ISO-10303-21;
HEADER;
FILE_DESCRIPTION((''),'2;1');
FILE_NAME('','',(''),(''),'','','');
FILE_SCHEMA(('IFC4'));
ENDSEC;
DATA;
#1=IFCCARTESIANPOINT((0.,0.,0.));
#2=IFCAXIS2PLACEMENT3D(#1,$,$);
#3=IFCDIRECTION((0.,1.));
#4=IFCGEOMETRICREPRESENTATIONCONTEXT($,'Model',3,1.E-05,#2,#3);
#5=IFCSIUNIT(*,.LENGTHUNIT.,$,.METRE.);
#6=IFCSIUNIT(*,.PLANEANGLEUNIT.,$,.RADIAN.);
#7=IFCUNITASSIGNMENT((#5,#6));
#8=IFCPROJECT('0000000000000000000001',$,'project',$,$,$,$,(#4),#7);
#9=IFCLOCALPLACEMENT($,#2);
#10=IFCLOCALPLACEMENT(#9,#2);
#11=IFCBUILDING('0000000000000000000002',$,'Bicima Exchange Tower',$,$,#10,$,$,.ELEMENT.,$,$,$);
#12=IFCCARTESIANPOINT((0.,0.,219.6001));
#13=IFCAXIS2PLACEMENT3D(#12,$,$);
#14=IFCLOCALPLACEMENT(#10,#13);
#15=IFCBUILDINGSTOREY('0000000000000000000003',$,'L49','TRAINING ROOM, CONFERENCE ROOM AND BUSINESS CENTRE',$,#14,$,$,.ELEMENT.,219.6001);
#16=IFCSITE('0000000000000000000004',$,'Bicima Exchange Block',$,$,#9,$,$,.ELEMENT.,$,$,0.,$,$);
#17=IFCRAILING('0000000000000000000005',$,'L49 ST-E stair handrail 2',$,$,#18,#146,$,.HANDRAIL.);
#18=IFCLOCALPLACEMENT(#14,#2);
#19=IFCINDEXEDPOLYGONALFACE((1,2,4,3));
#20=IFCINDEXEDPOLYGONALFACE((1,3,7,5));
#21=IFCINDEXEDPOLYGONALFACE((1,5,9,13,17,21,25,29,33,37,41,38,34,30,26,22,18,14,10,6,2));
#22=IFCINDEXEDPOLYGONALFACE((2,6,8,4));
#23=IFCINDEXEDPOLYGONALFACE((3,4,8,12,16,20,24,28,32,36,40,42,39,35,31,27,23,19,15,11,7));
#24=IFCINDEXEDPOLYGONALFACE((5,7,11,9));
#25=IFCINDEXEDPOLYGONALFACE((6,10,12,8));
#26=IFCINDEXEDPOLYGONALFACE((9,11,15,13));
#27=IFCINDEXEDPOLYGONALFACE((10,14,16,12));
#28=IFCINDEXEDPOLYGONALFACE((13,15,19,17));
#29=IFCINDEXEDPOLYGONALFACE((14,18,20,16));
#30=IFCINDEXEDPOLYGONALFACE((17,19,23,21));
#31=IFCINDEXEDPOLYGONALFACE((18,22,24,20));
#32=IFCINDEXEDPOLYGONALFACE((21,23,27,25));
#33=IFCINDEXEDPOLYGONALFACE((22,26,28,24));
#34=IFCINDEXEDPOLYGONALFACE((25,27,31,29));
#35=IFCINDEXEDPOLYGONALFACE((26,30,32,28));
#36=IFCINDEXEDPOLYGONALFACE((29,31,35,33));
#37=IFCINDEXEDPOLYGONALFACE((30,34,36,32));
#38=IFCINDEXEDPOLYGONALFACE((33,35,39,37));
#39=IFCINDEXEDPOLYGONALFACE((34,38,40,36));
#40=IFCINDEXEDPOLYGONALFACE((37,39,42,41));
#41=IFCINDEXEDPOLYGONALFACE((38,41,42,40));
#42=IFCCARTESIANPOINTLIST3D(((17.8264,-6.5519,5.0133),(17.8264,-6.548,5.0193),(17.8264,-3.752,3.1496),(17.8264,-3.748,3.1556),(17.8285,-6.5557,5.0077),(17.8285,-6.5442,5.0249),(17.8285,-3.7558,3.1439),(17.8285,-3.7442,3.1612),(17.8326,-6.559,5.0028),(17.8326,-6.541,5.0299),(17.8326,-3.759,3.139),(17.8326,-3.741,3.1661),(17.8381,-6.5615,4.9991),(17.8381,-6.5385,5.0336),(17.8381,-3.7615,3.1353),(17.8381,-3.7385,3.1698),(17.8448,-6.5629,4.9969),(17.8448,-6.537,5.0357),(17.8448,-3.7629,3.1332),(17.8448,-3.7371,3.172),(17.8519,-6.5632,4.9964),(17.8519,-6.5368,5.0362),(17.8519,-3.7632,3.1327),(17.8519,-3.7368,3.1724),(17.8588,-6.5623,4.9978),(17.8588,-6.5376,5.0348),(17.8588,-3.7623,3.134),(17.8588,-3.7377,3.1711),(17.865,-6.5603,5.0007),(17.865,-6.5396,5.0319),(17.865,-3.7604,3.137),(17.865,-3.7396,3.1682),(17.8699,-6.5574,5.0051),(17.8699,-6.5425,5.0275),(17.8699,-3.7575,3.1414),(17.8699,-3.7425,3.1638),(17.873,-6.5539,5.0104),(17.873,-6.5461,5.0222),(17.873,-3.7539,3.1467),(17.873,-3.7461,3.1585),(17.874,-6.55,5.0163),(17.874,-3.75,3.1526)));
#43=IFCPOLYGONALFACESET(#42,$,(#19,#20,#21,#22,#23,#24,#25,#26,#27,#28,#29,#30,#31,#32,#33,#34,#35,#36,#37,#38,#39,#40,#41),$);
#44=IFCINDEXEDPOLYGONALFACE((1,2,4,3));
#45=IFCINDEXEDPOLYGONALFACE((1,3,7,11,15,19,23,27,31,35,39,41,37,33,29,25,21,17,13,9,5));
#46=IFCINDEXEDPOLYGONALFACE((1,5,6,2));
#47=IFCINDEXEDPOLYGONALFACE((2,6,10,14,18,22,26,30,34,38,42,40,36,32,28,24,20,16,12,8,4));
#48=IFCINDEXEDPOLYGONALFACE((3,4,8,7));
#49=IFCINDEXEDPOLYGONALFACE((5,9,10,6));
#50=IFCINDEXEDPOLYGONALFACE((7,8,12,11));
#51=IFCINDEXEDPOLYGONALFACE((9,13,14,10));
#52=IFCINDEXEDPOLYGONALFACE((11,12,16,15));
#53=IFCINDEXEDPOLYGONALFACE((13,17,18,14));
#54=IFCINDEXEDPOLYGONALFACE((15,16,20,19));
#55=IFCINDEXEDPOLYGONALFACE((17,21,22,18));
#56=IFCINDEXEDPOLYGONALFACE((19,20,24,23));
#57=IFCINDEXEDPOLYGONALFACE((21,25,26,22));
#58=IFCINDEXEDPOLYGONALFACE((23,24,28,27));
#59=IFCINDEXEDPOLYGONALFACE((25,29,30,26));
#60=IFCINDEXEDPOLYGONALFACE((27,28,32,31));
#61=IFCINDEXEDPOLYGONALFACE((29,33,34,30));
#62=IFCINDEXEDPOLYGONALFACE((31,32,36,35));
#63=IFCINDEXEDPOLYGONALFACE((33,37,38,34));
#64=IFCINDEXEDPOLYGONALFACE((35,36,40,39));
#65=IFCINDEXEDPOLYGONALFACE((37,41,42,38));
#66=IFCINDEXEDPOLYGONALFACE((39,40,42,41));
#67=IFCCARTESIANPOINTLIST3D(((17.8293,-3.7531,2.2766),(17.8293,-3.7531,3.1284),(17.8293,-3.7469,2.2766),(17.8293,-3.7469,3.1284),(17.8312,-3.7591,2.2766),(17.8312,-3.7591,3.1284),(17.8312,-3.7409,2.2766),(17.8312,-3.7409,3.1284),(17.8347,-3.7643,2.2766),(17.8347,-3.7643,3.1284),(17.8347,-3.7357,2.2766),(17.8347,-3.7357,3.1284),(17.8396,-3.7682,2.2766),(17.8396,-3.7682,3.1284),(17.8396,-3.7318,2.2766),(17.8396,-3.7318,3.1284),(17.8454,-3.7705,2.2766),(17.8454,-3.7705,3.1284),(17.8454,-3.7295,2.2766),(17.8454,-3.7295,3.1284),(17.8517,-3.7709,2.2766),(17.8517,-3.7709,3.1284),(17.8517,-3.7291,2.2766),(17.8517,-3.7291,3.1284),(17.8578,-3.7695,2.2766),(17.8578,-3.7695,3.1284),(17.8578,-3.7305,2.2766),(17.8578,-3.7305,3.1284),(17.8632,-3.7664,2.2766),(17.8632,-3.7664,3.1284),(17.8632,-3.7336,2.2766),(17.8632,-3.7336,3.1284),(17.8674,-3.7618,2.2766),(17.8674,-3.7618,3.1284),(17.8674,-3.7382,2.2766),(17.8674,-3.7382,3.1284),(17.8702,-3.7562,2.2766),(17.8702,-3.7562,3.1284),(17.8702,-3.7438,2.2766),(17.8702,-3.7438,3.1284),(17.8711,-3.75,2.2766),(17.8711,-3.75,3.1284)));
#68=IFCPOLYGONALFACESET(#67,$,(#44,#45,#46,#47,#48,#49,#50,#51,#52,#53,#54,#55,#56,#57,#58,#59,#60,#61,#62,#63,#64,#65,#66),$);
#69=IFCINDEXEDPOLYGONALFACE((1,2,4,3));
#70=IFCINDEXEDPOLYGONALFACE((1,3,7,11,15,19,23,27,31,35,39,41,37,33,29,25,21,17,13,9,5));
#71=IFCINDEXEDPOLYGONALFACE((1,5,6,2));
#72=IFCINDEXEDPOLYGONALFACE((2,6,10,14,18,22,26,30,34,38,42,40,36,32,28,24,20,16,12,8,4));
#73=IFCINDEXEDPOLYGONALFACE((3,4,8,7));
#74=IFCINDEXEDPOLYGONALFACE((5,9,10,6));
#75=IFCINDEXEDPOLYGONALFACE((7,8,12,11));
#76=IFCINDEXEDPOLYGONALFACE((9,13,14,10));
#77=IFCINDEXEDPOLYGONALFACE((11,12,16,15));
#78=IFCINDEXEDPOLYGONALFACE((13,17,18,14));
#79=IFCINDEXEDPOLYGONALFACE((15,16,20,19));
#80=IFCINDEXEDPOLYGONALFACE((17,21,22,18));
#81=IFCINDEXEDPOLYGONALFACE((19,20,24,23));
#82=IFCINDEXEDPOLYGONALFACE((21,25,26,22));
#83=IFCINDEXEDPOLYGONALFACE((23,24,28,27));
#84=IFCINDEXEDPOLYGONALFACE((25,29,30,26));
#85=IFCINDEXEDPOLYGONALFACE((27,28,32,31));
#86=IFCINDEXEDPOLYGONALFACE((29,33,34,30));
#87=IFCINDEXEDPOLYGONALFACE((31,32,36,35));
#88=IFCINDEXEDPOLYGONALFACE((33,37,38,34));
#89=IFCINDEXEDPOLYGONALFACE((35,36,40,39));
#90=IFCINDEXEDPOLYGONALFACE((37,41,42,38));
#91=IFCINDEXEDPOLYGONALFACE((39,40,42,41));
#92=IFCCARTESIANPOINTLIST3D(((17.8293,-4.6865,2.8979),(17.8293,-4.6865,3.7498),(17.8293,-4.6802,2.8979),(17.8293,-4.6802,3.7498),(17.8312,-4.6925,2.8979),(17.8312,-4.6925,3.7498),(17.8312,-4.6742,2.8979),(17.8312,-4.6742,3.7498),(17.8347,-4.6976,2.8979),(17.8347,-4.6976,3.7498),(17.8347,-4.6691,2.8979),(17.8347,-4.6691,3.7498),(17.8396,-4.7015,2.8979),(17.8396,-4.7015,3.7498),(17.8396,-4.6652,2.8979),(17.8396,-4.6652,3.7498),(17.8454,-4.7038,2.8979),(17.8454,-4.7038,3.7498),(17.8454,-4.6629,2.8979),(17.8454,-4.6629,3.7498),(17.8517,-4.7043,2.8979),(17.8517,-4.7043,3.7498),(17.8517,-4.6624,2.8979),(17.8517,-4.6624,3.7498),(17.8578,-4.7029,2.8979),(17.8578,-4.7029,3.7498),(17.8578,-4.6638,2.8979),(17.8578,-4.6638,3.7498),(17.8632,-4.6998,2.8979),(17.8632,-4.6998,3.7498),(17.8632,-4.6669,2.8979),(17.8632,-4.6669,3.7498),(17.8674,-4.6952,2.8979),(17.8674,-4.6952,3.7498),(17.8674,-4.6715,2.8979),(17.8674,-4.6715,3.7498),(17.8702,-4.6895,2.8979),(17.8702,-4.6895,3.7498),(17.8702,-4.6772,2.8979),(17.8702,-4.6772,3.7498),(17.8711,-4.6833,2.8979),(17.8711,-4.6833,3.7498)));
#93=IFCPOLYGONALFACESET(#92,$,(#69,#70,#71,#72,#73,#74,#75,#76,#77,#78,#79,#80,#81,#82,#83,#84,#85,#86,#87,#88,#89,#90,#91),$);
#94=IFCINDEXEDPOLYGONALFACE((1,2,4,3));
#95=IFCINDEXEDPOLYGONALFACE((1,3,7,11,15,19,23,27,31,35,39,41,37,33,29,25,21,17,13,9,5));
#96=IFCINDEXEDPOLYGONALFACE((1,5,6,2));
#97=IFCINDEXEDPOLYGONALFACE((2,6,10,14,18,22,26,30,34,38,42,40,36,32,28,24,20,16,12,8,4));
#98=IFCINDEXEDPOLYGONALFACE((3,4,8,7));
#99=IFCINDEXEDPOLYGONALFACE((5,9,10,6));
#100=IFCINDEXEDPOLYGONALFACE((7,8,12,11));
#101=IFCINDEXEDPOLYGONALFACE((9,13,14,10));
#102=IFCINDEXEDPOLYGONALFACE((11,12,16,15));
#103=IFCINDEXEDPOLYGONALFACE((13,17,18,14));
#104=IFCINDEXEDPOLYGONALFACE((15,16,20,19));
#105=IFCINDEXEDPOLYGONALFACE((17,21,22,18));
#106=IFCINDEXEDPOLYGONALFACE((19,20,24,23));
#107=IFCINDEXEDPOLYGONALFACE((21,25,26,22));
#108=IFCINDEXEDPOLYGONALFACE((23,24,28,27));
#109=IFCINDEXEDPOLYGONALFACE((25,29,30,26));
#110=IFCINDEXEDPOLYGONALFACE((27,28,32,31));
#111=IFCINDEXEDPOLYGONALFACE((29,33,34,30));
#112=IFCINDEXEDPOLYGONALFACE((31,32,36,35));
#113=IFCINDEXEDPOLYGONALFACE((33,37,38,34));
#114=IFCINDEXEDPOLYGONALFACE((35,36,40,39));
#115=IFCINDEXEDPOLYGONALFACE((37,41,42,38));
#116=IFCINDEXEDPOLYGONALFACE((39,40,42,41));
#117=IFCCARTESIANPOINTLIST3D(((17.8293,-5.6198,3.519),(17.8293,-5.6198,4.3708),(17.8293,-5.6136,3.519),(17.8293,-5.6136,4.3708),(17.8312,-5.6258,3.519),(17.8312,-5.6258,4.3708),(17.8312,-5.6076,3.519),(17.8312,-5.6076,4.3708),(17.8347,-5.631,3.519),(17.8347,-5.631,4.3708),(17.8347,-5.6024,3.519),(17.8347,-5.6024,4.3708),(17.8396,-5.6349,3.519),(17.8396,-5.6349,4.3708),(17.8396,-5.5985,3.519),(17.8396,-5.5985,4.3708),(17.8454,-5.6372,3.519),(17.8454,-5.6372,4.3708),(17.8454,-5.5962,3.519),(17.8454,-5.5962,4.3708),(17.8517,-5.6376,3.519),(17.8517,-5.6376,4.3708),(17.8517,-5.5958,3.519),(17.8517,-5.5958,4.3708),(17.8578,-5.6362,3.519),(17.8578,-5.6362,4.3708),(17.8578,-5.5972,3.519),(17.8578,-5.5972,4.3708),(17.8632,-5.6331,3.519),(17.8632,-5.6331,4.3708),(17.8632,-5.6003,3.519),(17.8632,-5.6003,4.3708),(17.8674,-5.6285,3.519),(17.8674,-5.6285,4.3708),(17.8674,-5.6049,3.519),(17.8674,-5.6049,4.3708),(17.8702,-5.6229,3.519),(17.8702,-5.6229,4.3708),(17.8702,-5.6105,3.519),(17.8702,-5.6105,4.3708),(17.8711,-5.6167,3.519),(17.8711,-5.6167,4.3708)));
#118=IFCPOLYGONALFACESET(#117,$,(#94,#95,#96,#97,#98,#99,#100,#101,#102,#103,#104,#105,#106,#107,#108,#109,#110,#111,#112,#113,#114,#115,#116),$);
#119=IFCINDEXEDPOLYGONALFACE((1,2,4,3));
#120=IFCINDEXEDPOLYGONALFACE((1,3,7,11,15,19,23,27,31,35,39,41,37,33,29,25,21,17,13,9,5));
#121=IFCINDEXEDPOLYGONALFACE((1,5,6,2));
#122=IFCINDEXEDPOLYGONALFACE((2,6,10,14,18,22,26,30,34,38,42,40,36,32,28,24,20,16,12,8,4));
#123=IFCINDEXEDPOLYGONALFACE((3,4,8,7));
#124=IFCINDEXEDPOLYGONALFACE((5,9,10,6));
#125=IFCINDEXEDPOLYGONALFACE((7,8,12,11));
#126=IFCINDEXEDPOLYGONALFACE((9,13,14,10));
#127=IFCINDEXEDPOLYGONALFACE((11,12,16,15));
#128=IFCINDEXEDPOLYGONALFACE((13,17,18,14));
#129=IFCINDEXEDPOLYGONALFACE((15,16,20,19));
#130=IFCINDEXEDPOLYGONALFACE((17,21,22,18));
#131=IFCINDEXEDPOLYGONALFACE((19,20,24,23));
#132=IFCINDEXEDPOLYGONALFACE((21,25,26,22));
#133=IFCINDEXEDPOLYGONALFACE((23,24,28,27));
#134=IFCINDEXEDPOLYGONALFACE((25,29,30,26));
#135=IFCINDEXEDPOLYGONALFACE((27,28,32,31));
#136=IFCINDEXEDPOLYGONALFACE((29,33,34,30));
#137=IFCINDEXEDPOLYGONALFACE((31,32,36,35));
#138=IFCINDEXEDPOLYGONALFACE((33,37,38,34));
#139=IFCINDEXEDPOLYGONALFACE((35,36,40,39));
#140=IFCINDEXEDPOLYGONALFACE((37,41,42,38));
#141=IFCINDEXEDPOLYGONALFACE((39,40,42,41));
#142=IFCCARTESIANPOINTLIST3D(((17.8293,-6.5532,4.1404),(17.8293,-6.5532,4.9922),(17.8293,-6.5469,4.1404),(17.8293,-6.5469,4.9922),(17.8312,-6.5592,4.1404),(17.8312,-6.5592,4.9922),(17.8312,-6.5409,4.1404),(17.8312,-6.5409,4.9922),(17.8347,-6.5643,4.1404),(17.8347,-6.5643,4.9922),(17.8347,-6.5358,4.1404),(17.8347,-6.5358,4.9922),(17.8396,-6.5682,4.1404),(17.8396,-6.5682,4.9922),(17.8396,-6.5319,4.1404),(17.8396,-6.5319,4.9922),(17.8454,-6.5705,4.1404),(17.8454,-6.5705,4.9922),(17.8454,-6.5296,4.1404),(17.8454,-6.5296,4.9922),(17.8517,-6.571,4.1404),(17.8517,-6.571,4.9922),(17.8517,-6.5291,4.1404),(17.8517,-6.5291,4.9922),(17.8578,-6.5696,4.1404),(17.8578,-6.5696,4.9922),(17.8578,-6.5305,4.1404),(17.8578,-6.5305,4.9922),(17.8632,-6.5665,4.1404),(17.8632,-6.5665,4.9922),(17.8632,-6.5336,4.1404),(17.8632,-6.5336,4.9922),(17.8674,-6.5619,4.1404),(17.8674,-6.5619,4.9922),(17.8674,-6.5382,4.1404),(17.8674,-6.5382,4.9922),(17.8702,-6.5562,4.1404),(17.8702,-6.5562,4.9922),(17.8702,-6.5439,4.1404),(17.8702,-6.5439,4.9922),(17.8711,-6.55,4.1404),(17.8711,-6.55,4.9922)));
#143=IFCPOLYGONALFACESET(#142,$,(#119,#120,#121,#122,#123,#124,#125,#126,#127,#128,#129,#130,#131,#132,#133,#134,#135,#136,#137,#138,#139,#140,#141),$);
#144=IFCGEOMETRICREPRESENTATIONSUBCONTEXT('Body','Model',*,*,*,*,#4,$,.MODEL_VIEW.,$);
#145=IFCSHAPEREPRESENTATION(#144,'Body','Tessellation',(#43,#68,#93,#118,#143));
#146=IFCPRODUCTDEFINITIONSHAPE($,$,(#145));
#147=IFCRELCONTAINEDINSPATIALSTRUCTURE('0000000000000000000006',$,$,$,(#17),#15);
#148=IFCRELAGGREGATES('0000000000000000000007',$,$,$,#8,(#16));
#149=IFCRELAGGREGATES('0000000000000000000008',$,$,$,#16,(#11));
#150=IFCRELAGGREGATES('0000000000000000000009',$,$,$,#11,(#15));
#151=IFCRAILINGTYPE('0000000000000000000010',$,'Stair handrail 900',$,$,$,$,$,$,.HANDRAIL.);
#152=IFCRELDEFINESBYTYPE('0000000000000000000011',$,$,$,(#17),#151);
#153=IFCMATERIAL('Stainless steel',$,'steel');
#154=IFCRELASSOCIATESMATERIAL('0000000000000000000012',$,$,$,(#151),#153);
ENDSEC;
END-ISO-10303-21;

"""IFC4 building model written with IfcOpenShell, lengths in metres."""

from ifc_helpers import new_model, si_unit, direction, frame, origin, origin_2d, place, context, subcontext, project, spatial, circle, extrude, material, type_object, element, save


model = new_model("IFC4")

# Units and contexts
model_context = context("Model", 3, precision=1e-05, world=origin(), true_north=direction((0.0, 1.0)))
body_context = subcontext(model_context, "Body", "Model", "MODEL_VIEW")
ifc_project = project(units=[si_unit("LENGTHUNIT", "METRE"), si_unit("PLANEANGLEUNIT", "RADIAN")], contexts=[model_context])

# Site, building, storey
site_placement = place(None, origin())
site = spatial("IfcSite", under=ifc_project, at=site_placement, Name="Bicima Exchange Block", CompositionType="ELEMENT", RefElevation=0.0)
building_placement = place(site_placement, origin())
building = spatial("IfcBuilding", under=site, at=building_placement, Name="Bicima Exchange Tower", CompositionType="ELEMENT")
storey_placement = place(building_placement, frame((0.0, 0.0, 219.6001)))
storey = spatial("IfcBuildingStorey", under=building, at=storey_placement, Name="L49", Description="TRAINING ROOM, CONFERENCE ROOM AND BUSINESS CENTRE", CompositionType="ELEMENT", Elevation=219.6001)

# Railing
ifc_material_1 = material(Name="Stainless steel", Category="steel")
railing_type_1 = type_object("IfcRailingType", Name="Stair handrail 900", PredefinedType="HANDRAIL", material=ifc_material_1)
for number, where, name in (
    (1, (17.8501, -3.75, 2.2766), "L49 ST-E stair handrail 2"),
):
    element("IfcRailing", number, at=place(storey_placement, frame(where)), inside=storey, type_object=railing_type_1, Name=name, PredefinedType="HANDRAIL", context=body_context, shape_type="SweptSolid", body=[
        extrude(circle(Radius=0.0239, at=origin_2d()), frame((0.0, 0.0, 0.876), z_axis=(0.0, -0.832452, 0.554097), x_axis=(1.0, 0.0, 0.0)), (0.0, 0.0, 1.0), 3.3635),
        extrude(circle(Radius=0.021, at=origin_2d()), origin(), (0.0, 0.0, 1.0), 0.8518),
        extrude(circle(Radius=0.021, at=origin_2d()), frame((0.0, -0.9333, 0.6213)), (0.0, 0.0, 1.0), 0.8518),
        extrude(circle(Radius=0.021, at=origin_2d()), frame((0.0, -1.8667, 1.2424)), (0.0, 0.0, 1.0), 0.8518),
        extrude(circle(Radius=0.021, at=origin_2d()), frame((0.0, -2.8, 1.8638)), (0.0, 0.0, 1.0), 0.8518),
    ])

save(model, "model.ifc")
